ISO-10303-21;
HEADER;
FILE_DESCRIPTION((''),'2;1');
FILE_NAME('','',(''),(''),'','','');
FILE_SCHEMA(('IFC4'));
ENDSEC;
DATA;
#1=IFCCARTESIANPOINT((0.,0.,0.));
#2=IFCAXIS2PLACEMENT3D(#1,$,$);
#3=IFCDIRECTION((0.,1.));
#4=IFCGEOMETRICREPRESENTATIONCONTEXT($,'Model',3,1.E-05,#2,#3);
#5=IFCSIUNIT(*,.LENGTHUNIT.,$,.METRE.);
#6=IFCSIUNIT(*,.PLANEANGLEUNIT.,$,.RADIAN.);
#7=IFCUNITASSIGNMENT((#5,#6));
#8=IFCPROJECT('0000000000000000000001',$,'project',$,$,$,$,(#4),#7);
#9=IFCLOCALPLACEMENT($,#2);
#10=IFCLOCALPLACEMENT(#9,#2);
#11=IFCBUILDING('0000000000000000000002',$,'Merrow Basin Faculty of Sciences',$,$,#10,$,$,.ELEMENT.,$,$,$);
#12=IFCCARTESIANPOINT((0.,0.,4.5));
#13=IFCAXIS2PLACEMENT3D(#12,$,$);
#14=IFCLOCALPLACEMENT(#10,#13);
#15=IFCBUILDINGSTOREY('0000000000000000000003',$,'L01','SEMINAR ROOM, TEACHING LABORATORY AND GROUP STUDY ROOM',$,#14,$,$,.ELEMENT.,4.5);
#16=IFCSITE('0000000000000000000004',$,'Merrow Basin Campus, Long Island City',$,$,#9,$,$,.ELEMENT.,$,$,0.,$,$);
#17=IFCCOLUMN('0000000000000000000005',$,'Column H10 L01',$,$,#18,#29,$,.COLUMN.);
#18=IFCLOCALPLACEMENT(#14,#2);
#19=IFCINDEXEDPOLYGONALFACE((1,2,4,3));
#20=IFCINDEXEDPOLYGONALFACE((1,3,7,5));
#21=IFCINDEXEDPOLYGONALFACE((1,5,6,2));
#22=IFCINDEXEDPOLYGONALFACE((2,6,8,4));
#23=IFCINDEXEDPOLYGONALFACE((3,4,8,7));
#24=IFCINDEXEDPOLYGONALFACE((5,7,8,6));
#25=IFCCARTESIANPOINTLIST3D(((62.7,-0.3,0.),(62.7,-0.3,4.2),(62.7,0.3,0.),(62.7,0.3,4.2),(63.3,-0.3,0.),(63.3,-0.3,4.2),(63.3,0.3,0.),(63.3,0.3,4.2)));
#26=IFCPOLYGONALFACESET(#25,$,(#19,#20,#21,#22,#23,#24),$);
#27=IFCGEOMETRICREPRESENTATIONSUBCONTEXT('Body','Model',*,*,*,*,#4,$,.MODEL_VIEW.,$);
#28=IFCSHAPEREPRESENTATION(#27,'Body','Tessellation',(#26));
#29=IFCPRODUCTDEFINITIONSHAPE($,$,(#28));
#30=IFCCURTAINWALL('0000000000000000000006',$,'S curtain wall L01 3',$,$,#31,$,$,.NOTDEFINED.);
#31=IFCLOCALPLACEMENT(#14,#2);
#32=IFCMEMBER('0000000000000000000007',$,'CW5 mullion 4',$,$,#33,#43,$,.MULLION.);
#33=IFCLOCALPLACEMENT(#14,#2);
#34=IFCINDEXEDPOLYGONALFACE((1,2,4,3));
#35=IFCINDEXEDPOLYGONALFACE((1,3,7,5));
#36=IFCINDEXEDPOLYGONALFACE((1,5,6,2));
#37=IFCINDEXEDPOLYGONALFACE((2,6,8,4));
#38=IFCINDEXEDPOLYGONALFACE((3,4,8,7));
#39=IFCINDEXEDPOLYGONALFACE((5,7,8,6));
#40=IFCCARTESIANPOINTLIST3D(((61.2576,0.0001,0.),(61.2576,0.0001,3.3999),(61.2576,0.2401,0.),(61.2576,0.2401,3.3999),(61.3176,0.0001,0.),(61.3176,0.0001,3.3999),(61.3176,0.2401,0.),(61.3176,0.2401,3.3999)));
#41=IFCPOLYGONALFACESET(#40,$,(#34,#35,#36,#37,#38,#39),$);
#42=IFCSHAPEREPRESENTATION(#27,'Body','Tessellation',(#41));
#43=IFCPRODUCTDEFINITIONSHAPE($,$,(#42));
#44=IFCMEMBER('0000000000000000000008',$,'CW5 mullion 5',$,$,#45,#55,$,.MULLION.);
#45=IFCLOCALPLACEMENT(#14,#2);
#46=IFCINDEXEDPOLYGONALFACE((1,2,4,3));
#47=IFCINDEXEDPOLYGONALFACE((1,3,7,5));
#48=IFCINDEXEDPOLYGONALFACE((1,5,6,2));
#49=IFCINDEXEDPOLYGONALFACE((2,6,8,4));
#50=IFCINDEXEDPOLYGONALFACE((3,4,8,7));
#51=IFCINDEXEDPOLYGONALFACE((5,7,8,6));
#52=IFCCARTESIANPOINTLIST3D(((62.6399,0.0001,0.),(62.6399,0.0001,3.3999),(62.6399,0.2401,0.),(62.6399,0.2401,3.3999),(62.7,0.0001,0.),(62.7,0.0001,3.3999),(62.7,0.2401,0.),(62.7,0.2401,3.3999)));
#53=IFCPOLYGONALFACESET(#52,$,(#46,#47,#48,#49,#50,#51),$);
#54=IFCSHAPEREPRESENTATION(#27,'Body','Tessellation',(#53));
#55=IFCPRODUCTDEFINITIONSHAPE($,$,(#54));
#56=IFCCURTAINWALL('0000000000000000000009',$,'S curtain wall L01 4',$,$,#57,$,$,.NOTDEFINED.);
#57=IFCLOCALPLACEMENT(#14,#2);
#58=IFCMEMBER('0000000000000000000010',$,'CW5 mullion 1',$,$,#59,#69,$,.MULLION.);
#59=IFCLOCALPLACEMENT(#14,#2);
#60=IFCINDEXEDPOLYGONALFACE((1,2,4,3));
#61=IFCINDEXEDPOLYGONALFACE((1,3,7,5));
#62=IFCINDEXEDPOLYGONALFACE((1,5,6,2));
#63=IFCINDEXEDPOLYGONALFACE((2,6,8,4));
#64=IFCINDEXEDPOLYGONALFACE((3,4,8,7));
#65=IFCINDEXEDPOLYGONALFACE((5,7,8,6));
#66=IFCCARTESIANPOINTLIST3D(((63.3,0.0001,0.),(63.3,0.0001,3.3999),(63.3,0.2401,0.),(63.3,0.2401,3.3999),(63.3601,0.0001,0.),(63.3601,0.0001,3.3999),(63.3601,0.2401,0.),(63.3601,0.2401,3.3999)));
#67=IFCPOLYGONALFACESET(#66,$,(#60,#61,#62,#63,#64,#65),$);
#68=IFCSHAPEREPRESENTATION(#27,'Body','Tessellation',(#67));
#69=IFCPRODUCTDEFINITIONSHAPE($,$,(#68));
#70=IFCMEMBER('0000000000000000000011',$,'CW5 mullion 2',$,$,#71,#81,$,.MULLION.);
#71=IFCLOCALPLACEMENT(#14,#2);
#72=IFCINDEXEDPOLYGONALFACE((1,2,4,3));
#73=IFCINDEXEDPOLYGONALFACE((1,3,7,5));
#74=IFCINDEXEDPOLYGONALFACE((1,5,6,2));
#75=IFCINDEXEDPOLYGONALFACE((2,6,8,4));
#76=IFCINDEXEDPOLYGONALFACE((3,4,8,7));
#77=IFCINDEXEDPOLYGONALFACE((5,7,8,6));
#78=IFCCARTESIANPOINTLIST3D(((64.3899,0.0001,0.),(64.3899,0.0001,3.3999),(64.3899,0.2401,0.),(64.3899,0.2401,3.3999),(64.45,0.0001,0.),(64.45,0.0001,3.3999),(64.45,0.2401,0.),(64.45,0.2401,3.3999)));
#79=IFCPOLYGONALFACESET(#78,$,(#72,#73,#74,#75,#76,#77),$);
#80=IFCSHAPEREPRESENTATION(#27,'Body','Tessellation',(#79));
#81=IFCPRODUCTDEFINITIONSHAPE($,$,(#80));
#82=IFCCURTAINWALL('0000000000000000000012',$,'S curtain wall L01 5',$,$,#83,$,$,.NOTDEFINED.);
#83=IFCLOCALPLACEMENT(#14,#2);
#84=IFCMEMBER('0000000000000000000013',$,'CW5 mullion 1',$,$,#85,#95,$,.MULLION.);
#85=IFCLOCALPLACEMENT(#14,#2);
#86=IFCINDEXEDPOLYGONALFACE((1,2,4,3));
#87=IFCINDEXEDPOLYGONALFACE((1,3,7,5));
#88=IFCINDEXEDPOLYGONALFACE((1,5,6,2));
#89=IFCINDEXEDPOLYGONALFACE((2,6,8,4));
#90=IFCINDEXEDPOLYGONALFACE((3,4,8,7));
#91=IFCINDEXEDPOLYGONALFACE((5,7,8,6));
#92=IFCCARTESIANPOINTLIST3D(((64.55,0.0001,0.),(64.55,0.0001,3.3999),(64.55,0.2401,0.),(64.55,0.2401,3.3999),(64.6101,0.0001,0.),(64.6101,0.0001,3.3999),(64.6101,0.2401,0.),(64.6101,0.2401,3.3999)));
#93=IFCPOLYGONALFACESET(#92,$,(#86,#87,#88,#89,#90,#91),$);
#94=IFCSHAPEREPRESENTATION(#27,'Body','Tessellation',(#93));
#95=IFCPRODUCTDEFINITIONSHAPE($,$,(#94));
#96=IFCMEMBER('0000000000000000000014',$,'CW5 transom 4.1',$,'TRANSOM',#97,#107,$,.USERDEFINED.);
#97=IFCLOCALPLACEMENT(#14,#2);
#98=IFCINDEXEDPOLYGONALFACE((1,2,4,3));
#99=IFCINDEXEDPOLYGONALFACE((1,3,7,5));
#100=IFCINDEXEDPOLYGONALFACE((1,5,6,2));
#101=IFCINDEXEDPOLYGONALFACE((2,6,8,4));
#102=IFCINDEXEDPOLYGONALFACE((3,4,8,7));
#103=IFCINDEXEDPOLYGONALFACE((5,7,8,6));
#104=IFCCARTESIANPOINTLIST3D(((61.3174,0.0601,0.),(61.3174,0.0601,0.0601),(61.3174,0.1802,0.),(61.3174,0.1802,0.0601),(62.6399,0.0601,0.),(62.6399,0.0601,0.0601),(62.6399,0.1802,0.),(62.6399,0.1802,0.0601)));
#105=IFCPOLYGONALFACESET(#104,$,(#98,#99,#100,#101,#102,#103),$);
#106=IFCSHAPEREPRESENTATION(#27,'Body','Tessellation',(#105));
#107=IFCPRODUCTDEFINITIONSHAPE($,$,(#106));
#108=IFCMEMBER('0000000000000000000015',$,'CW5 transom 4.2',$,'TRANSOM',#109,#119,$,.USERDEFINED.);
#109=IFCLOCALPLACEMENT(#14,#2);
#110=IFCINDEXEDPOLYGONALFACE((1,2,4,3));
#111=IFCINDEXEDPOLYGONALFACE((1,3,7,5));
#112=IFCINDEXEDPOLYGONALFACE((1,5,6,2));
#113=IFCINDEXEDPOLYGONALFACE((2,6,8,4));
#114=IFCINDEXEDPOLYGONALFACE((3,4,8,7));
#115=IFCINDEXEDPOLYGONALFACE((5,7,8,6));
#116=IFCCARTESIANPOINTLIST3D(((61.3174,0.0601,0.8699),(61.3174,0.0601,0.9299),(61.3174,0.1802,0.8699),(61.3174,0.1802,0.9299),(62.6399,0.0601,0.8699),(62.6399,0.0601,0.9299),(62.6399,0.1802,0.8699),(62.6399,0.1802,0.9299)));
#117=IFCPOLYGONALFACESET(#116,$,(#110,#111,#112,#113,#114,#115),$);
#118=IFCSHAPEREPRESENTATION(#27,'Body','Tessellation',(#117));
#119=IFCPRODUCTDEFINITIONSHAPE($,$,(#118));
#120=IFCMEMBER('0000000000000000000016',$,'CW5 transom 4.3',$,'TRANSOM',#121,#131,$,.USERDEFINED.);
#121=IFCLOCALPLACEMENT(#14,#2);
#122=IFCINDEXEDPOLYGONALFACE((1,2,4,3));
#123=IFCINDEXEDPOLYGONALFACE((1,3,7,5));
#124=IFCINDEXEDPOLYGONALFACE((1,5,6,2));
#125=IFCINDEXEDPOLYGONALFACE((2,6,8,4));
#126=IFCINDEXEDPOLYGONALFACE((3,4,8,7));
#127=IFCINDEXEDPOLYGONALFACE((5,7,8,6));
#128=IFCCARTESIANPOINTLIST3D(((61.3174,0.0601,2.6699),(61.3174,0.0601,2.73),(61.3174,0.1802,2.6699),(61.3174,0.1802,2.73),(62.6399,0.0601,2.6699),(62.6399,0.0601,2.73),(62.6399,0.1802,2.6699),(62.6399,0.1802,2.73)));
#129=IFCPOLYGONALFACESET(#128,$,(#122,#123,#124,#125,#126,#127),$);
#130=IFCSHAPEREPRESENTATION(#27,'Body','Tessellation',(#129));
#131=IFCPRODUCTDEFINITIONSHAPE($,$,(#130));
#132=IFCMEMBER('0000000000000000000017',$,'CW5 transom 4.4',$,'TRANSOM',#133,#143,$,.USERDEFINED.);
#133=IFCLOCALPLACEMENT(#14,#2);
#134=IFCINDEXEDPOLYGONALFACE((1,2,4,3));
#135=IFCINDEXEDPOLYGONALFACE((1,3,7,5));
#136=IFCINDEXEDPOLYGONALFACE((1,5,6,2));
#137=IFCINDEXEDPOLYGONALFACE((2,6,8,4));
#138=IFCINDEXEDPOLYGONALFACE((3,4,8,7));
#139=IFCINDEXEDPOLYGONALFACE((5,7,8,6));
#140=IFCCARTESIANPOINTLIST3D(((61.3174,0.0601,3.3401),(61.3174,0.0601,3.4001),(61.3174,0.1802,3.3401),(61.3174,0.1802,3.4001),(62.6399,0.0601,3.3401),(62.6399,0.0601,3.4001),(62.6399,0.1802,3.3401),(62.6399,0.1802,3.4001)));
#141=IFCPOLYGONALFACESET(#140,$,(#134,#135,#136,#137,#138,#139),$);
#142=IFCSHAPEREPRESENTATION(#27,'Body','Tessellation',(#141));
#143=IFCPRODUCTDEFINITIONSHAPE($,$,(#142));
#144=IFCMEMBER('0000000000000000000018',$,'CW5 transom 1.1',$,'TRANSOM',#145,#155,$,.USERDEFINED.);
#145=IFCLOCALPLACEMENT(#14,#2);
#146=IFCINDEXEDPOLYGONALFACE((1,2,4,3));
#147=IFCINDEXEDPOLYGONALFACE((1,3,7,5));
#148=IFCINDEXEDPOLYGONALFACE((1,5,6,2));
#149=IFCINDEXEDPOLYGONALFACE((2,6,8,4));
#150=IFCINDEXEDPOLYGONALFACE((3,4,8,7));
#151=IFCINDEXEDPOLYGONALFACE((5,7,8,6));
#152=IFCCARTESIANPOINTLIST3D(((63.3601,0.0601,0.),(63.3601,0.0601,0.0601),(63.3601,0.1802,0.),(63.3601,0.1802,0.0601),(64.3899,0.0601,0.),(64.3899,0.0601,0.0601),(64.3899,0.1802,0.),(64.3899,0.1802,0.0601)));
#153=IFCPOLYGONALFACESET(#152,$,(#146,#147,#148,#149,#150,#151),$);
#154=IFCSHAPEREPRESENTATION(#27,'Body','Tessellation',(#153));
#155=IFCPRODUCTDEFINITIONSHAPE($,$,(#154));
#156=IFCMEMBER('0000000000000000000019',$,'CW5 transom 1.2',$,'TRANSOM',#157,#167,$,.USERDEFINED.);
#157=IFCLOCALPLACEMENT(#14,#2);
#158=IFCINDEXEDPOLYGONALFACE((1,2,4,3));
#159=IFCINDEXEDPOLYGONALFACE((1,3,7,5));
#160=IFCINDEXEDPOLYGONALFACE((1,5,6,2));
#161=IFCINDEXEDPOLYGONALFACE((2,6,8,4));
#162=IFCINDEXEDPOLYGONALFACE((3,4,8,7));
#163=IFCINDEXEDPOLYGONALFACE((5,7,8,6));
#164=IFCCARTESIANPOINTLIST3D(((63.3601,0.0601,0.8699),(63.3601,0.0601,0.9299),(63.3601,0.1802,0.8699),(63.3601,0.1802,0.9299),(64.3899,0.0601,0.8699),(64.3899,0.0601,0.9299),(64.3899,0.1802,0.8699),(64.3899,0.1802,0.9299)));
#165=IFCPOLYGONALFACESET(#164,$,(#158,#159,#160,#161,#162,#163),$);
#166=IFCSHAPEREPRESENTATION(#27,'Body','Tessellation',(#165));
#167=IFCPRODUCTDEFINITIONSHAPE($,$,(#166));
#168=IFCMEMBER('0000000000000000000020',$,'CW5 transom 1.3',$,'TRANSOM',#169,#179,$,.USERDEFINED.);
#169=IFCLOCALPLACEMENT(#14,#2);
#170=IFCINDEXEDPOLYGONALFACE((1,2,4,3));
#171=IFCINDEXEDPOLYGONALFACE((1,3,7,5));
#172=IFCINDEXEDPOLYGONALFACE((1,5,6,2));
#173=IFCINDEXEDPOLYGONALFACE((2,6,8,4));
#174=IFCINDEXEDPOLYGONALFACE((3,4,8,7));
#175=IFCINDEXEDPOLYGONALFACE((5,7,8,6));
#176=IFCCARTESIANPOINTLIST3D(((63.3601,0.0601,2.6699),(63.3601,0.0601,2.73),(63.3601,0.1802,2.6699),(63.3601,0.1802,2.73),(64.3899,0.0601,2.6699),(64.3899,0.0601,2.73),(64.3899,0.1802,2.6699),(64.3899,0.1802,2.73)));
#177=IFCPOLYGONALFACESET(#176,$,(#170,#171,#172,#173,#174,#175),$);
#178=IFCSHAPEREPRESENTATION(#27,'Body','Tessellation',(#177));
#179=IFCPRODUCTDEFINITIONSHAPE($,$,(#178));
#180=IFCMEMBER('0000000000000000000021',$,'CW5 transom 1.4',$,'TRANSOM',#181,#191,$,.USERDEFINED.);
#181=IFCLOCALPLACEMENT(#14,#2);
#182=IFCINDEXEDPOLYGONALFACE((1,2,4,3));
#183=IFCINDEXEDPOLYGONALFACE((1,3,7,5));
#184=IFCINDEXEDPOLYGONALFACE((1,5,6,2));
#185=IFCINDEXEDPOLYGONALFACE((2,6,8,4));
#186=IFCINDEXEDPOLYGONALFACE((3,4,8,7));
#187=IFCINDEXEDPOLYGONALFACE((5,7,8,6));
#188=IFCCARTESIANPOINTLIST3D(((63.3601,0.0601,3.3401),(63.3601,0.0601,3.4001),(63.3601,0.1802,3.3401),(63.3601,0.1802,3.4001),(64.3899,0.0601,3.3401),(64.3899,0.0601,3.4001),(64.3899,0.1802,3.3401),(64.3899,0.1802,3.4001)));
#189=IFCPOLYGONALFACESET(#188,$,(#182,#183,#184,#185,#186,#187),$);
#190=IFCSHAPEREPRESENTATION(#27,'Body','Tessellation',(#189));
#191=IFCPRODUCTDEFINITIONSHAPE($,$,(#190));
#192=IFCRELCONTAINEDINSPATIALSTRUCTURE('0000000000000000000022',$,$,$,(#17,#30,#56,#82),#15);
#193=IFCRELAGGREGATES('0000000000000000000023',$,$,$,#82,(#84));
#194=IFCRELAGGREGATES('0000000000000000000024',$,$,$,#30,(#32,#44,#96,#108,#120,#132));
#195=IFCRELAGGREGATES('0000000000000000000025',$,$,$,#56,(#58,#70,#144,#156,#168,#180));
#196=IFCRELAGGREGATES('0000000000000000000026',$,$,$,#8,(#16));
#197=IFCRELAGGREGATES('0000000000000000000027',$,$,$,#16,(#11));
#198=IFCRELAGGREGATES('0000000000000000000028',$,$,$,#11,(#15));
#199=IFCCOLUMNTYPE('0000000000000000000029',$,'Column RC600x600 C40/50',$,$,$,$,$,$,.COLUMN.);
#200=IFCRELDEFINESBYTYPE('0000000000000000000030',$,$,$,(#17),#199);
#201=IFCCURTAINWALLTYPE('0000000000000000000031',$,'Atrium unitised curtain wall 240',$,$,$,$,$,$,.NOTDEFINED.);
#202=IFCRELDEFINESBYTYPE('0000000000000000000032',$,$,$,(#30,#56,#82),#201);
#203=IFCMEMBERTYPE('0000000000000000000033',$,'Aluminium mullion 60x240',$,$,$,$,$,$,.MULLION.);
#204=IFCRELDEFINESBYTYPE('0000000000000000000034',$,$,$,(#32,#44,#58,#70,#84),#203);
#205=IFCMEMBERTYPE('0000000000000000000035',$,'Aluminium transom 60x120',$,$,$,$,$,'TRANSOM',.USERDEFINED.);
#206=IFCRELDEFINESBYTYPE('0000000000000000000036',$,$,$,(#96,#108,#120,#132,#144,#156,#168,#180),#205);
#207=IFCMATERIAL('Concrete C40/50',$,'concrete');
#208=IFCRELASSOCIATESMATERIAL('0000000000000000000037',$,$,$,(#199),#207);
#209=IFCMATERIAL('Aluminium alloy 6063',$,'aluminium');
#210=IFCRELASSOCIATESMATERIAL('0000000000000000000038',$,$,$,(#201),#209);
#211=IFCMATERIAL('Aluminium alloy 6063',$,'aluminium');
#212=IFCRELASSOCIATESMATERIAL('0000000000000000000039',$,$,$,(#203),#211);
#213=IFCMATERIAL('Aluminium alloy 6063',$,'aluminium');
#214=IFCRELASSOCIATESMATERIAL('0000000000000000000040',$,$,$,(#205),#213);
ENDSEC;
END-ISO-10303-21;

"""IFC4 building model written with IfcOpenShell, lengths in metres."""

from ifc_helpers import new_model, si_unit, direction, frame, origin, origin_2d, place, context, subcontext, project, spatial, rectangle, extrude, material, material_profile, profile_set, type_object, element, aggregate, save


model = new_model("IFC4")

# Units and contexts
model_context = context("Model", 3, precision=1e-05, world=origin(), true_north=direction((0.0, 1.0)))
body_context = subcontext(model_context, "Body", "Model", "MODEL_VIEW")
ifc_project = project(units=[si_unit("LENGTHUNIT", "METRE"), si_unit("PLANEANGLEUNIT", "RADIAN")], contexts=[model_context])

# Site, building, storey
site_placement = place(None, origin())
site = spatial("IfcSite", under=ifc_project, at=site_placement, Name="Merrow Basin Campus, Long Island City", CompositionType="ELEMENT", RefElevation=0.0)
building_placement = place(site_placement, origin())
building = spatial("IfcBuilding", under=site, at=building_placement, Name="Merrow Basin Faculty of Sciences", CompositionType="ELEMENT")
storey_placement = place(building_placement, frame((0.0, 0.0, 4.5)))
storey = spatial("IfcBuildingStorey", under=building, at=storey_placement, Name="L01", Description="SEMINAR ROOM, TEACHING LABORATORY AND GROUP STUDY ROOM", CompositionType="ELEMENT", Elevation=4.5)

# Column
ifc_material_1 = material(Name="Concrete C40/50", Category="concrete")
ifc_material_profile_1 = material_profile(ifc_material_1, rectangle(XDim=0.6001, YDim=0.6001, at=origin_2d()))
ifc_profile_set_1 = profile_set([ifc_material_profile_1], Name="Concrete C40/50")
column_type = type_object("IfcColumnType", Name="Column RC600x600 C40/50", PredefinedType="COLUMN", material=ifc_profile_set_1)
column_placement = place(storey_placement, frame((63.0, 0.0, 0.0), z_axis=(0.0, 0.0, 1.0), x_axis=(1.0, 0.0, 0.0)))
element("IfcColumn", 1, at=column_placement, inside=storey, type_object=column_type, Name="Column H10 L01", PredefinedType="COLUMN", context=body_context, shape_type="SweptSolid", body=[
    extrude(rectangle(XDim=0.6001, YDim=0.6001, at=origin_2d()), origin(), (0.0, 0.0, 1.0), 4.2),
])

# Curtain walls, members
ifc_material_2 = material(Name="Aluminium alloy 6063", Category="aluminium")
curtain_wall_type = type_object("IfcCurtainWallType", Name="Atrium unitised curtain wall 240", PredefinedType="NOTDEFINED", material=ifc_material_2)
curtain_wall_1_placement = place(storey_placement, origin())
curtain_wall_1 = element("IfcCurtainWall", 2, at=curtain_wall_1_placement, inside=storey, type_object=curtain_wall_type, Name="S curtain wall L01 3", PredefinedType="NOTDEFINED")
ifc_material_3 = material(Name="Aluminium alloy 6063", Category="aluminium")
ifc_material_profile_2 = material_profile(ifc_material_3, rectangle(XDim=0.24, YDim=0.0601, at=origin_2d()))
ifc_profile_set_2 = profile_set([ifc_material_profile_2], Name="Aluminium alloy 6063")
member_type_1 = type_object("IfcMemberType", Name="Aluminium mullion 60x240", PredefinedType="MULLION", material=ifc_profile_set_2)
member_1_placement = place(storey_placement, frame((61.2876, 0.1201, 0.0), z_axis=(0.0, 0.0, 1.0), x_axis=(0.0, 1.0, 0.0)))
member_1 = element("IfcMember", 3, at=member_1_placement, type_object=member_type_1, Name="CW5 mullion 4", PredefinedType="MULLION", context=body_context, shape_type="SweptSolid", body=[
    extrude(rectangle(XDim=0.24, YDim=0.0601, at=origin_2d()), origin(), (0.0, 0.0, 1.0), 3.3999),
])
member_2_placement = place(storey_placement, frame((62.6699, 0.1201, 0.0), z_axis=(0.0, 0.0, 1.0), x_axis=(0.0, 1.0, 0.0)))
member_2 = element("IfcMember", 4, at=member_2_placement, type_object=member_type_1, Name="CW5 mullion 5", PredefinedType="MULLION", context=body_context, shape_type="SweptSolid", body=[
    extrude(rectangle(XDim=0.24, YDim=0.0601, at=origin_2d()), origin(), (0.0, 0.0, 1.0), 3.3999),
])
curtain_wall_2_placement = place(storey_placement, origin())
curtain_wall_2 = element("IfcCurtainWall", 5, at=curtain_wall_2_placement, inside=storey, type_object=curtain_wall_type, Name="S curtain wall L01 4", PredefinedType="NOTDEFINED")
member_3_placement = place(storey_placement, frame((63.3301, 0.1201, 0.0), z_axis=(0.0, 0.0, 1.0), x_axis=(0.0, 1.0, 0.0)))
member_3 = element("IfcMember", 6, at=member_3_placement, type_object=member_type_1, Name="CW5 mullion 1", PredefinedType="MULLION", context=body_context, shape_type="SweptSolid", body=[
    extrude(rectangle(XDim=0.24, YDim=0.0601, at=origin_2d()), origin(), (0.0, 0.0, 1.0), 3.3999),
])
member_4_placement = place(storey_placement, frame((64.4199, 0.1201, 0.0), z_axis=(0.0, 0.0, 1.0), x_axis=(0.0, 1.0, 0.0)))
member_4 = element("IfcMember", 7, at=member_4_placement, type_object=member_type_1, Name="CW5 mullion 2", PredefinedType="MULLION", context=body_context, shape_type="SweptSolid", body=[
    extrude(rectangle(XDim=0.24, YDim=0.0601, at=origin_2d()), origin(), (0.0, 0.0, 1.0), 3.3999),
])

# Curtain wall, member
curtain_wall_3_placement = place(storey_placement, origin())
curtain_wall_3 = element("IfcCurtainWall", 8, at=curtain_wall_3_placement, inside=storey, type_object=curtain_wall_type, Name="S curtain wall L01 5", PredefinedType="NOTDEFINED")
member_5_placement = place(storey_placement, frame((64.5801, 0.1201, 0.0), z_axis=(0.0, 0.0, 1.0), x_axis=(0.0, 1.0, 0.0)))
member_5 = element("IfcMember", 9, at=member_5_placement, type_object=member_type_1, Name="CW5 mullion 1", PredefinedType="MULLION", context=body_context, shape_type="SweptSolid", body=[
    extrude(rectangle(XDim=0.24, YDim=0.0601, at=origin_2d()), origin(), (0.0, 0.0, 1.0), 3.3999),
])

# Members
ifc_material_4 = material(Name="Aluminium alloy 6063", Category="aluminium")
ifc_material_profile_3 = material_profile(ifc_material_4, rectangle(XDim=0.1201, YDim=0.0601, at=origin_2d()))
ifc_profile_set_3 = profile_set([ifc_material_profile_3], Name="Aluminium alloy 6063")
member_type_2 = type_object("IfcMemberType", Name="Aluminium transom 60x120", ElementType="TRANSOM", PredefinedType="USERDEFINED", material=ifc_profile_set_3)
member_6_placement = place(storey_placement, frame((61.3174, 0.1201, 0.03), z_axis=(1.0, 0.0, 0.0), x_axis=(0.0, 1.0, 0.0)))
member_6 = element("IfcMember", 10, at=member_6_placement, type_object=member_type_2, Name="CW5 transom 4.1", ObjectType="TRANSOM", PredefinedType="USERDEFINED", context=body_context, shape_type="SweptSolid", body=[
    extrude(rectangle(XDim=0.1201, YDim=0.0601, at=origin_2d()), origin(), (0.0, 0.0, 1.0), 1.3225),
])
member_7_placement = place(storey_placement, frame((61.3174, 0.1201, 0.8999), z_axis=(1.0, 0.0, 0.0), x_axis=(0.0, 1.0, 0.0)))
member_7 = element("IfcMember", 11, at=member_7_placement, type_object=member_type_2, Name="CW5 transom 4.2", ObjectType="TRANSOM", PredefinedType="USERDEFINED", context=body_context, shape_type="SweptSolid", body=[
    extrude(rectangle(XDim=0.1201, YDim=0.0601, at=origin_2d()), origin(), (0.0, 0.0, 1.0), 1.3225),
])
member_8_placement = place(storey_placement, frame((61.3174, 0.1201, 2.7), z_axis=(1.0, 0.0, 0.0), x_axis=(0.0, 1.0, 0.0)))
member_8 = element("IfcMember", 12, at=member_8_placement, type_object=member_type_2, Name="CW5 transom 4.3", ObjectType="TRANSOM", PredefinedType="USERDEFINED", context=body_context, shape_type="SweptSolid", body=[
    extrude(rectangle(XDim=0.1201, YDim=0.0601, at=origin_2d()), origin(), (0.0, 0.0, 1.0), 1.3225),
])
member_9_placement = place(storey_placement, frame((61.3174, 0.1201, 3.3701), z_axis=(1.0, 0.0, 0.0), x_axis=(0.0, 1.0, 0.0)))
member_9 = element("IfcMember", 13, at=member_9_placement, type_object=member_type_2, Name="CW5 transom 4.4", ObjectType="TRANSOM", PredefinedType="USERDEFINED", context=body_context, shape_type="SweptSolid", body=[
    extrude(rectangle(XDim=0.1201, YDim=0.0601, at=origin_2d()), origin(), (0.0, 0.0, 1.0), 1.3225),
])
member_10_placement = place(storey_placement, frame((63.3601, 0.1201, 0.03), z_axis=(1.0, 0.0, 0.0), x_axis=(0.0, 1.0, 0.0)))
member_10 = element("IfcMember", 14, at=member_10_placement, type_object=member_type_2, Name="CW5 transom 1.1", ObjectType="TRANSOM", PredefinedType="USERDEFINED", context=body_context, shape_type="SweptSolid", body=[
    extrude(rectangle(XDim=0.1201, YDim=0.0601, at=origin_2d()), origin(), (0.0, 0.0, 1.0), 1.0298),
])
member_11_placement = place(storey_placement, frame((63.3601, 0.1201, 0.8999), z_axis=(1.0, 0.0, 0.0), x_axis=(0.0, 1.0, 0.0)))
member_11 = element("IfcMember", 15, at=member_11_placement, type_object=member_type_2, Name="CW5 transom 1.2", ObjectType="TRANSOM", PredefinedType="USERDEFINED", context=body_context, shape_type="SweptSolid", body=[
    extrude(rectangle(XDim=0.1201, YDim=0.0601, at=origin_2d()), origin(), (0.0, 0.0, 1.0), 1.0298),
])
member_12_placement = place(storey_placement, frame((63.3601, 0.1201, 2.7), z_axis=(1.0, 0.0, 0.0), x_axis=(0.0, 1.0, 0.0)))
member_12 = element("IfcMember", 16, at=member_12_placement, type_object=member_type_2, Name="CW5 transom 1.3", ObjectType="TRANSOM", PredefinedType="USERDEFINED", context=body_context, shape_type="SweptSolid", body=[
    extrude(rectangle(XDim=0.1201, YDim=0.0601, at=origin_2d()), origin(), (0.0, 0.0, 1.0), 1.0298),
])
member_13_placement = place(storey_placement, frame((63.3601, 0.1201, 3.3701), z_axis=(1.0, 0.0, 0.0), x_axis=(0.0, 1.0, 0.0)))
member_13 = element("IfcMember", 17, at=member_13_placement, type_object=member_type_2, Name="CW5 transom 1.4", ObjectType="TRANSOM", PredefinedType="USERDEFINED", context=body_context, shape_type="SweptSolid", body=[
    extrude(rectangle(XDim=0.1201, YDim=0.0601, at=origin_2d()), origin(), (0.0, 0.0, 1.0), 1.0298),
])
aggregate(curtain_wall_3, [member_5])

aggregate(curtain_wall_1, [member_1, member_2, member_6, member_7, member_8, member_9])
aggregate(curtain_wall_2, [member_3, member_4, member_10, member_11, member_12, member_13])

save(model, "model.ifc")
